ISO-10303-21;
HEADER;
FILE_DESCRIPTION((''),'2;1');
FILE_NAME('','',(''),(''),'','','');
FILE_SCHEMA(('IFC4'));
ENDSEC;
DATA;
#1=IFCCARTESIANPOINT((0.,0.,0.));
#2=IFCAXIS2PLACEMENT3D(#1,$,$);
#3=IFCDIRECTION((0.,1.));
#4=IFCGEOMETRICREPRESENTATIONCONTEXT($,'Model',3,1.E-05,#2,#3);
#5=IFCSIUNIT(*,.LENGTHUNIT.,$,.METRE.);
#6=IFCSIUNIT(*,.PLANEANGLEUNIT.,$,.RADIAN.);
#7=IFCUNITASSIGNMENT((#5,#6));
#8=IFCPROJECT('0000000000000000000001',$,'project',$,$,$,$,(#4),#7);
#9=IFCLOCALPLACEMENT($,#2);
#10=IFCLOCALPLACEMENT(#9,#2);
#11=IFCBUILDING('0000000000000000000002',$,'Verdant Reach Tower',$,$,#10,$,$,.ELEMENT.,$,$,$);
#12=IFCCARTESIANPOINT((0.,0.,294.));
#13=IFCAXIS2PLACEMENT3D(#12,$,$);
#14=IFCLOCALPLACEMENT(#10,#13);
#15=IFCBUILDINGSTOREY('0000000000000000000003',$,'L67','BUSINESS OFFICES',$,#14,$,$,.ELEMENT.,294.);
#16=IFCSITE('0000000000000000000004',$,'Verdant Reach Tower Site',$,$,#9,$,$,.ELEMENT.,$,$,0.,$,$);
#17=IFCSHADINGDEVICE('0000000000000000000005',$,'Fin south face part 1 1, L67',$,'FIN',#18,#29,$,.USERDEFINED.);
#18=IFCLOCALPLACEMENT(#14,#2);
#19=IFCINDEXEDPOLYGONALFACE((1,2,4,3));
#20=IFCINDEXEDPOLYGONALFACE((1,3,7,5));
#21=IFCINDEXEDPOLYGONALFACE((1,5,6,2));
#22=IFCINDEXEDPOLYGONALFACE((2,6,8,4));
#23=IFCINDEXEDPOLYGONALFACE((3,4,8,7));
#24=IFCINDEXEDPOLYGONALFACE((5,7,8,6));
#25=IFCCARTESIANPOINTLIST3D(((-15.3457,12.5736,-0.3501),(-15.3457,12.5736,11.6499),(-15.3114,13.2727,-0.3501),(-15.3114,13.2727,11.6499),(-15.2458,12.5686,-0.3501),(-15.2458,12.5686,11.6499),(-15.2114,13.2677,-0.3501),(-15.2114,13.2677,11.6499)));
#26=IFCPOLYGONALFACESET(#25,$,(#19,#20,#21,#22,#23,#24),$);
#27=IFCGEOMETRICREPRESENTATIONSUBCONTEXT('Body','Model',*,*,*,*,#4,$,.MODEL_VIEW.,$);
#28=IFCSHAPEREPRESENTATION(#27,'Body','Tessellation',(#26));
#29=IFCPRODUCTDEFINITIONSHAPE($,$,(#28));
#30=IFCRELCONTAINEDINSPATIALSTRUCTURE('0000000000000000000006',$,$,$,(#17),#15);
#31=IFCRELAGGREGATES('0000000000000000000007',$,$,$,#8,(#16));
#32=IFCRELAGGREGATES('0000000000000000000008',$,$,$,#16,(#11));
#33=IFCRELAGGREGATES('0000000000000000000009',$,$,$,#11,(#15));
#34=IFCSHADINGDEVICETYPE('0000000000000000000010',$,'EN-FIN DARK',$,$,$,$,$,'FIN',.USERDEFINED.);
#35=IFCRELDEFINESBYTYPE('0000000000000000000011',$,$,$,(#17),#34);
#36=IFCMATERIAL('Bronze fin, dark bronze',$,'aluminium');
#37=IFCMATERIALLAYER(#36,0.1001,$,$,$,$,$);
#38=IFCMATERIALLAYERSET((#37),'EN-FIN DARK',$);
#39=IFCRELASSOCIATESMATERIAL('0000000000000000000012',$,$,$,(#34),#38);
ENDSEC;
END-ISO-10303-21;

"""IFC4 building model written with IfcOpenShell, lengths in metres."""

from ifc_helpers import new_model, si_unit, direction, frame, origin, origin_2d, place, context, subcontext, project, spatial, rectangle, extrude, material, layer, layer_set, type_object, element, save


model = new_model("IFC4")

# Units and contexts
model_context = context("Model", 3, precision=1e-05, world=origin(), true_north=direction((0.0, 1.0)))
body_context = subcontext(model_context, "Body", "Model", "MODEL_VIEW")
ifc_project = project(units=[si_unit("LENGTHUNIT", "METRE"), si_unit("PLANEANGLEUNIT", "RADIAN")], contexts=[model_context])

# Site, building, storey
site_placement = place(None, origin())
site = spatial("IfcSite", under=ifc_project, at=site_placement, Name="Verdant Reach Tower Site", CompositionType="ELEMENT", RefElevation=0.0)
building_placement = place(site_placement, origin())
building = spatial("IfcBuilding", under=site, at=building_placement, Name="Verdant Reach Tower", CompositionType="ELEMENT")
storey_placement = place(building_placement, frame((0.0, 0.0, 294.0)))
storey = spatial("IfcBuildingStorey", under=building, at=storey_placement, Name="L67", Description="BUSINESS OFFICES", CompositionType="ELEMENT", Elevation=294.0)

# Shading device
ifc_material_1 = material(Name="Bronze fin, dark bronze", Category="aluminium")
ifc_layer_1 = layer(ifc_material_1, 0.1001)
ifc_layer_set_1 = layer_set([ifc_layer_1], Name="EN-FIN DARK")
shading_device_type = type_object("IfcShadingDeviceType", Name="EN-FIN DARK", ElementType="FIN", PredefinedType="USERDEFINED", material=ifc_layer_set_1)
for number, where, z_axis, x_axis, name in (
    (1, (-15.2786, 12.9207, -0.3501), (0.0, 0.0, 1.0), (0.998793, -0.049128, 0.0), "Fin south face part 1 1, L67"),
):
    element("IfcShadingDevice", number, at=place(storey_placement, frame(where, z_axis=z_axis, x_axis=x_axis)), inside=storey, type_object=shading_device_type, Name=name, ObjectType="FIN", PredefinedType="USERDEFINED", context=body_context, shape_type="SweptSolid", body=[
        extrude(rectangle(XDim=0.1001, YDim=0.7, at=origin_2d()), origin(), (0.0, 0.0, 1.0), 12.0),
    ])

save(model, "model.ifc")
